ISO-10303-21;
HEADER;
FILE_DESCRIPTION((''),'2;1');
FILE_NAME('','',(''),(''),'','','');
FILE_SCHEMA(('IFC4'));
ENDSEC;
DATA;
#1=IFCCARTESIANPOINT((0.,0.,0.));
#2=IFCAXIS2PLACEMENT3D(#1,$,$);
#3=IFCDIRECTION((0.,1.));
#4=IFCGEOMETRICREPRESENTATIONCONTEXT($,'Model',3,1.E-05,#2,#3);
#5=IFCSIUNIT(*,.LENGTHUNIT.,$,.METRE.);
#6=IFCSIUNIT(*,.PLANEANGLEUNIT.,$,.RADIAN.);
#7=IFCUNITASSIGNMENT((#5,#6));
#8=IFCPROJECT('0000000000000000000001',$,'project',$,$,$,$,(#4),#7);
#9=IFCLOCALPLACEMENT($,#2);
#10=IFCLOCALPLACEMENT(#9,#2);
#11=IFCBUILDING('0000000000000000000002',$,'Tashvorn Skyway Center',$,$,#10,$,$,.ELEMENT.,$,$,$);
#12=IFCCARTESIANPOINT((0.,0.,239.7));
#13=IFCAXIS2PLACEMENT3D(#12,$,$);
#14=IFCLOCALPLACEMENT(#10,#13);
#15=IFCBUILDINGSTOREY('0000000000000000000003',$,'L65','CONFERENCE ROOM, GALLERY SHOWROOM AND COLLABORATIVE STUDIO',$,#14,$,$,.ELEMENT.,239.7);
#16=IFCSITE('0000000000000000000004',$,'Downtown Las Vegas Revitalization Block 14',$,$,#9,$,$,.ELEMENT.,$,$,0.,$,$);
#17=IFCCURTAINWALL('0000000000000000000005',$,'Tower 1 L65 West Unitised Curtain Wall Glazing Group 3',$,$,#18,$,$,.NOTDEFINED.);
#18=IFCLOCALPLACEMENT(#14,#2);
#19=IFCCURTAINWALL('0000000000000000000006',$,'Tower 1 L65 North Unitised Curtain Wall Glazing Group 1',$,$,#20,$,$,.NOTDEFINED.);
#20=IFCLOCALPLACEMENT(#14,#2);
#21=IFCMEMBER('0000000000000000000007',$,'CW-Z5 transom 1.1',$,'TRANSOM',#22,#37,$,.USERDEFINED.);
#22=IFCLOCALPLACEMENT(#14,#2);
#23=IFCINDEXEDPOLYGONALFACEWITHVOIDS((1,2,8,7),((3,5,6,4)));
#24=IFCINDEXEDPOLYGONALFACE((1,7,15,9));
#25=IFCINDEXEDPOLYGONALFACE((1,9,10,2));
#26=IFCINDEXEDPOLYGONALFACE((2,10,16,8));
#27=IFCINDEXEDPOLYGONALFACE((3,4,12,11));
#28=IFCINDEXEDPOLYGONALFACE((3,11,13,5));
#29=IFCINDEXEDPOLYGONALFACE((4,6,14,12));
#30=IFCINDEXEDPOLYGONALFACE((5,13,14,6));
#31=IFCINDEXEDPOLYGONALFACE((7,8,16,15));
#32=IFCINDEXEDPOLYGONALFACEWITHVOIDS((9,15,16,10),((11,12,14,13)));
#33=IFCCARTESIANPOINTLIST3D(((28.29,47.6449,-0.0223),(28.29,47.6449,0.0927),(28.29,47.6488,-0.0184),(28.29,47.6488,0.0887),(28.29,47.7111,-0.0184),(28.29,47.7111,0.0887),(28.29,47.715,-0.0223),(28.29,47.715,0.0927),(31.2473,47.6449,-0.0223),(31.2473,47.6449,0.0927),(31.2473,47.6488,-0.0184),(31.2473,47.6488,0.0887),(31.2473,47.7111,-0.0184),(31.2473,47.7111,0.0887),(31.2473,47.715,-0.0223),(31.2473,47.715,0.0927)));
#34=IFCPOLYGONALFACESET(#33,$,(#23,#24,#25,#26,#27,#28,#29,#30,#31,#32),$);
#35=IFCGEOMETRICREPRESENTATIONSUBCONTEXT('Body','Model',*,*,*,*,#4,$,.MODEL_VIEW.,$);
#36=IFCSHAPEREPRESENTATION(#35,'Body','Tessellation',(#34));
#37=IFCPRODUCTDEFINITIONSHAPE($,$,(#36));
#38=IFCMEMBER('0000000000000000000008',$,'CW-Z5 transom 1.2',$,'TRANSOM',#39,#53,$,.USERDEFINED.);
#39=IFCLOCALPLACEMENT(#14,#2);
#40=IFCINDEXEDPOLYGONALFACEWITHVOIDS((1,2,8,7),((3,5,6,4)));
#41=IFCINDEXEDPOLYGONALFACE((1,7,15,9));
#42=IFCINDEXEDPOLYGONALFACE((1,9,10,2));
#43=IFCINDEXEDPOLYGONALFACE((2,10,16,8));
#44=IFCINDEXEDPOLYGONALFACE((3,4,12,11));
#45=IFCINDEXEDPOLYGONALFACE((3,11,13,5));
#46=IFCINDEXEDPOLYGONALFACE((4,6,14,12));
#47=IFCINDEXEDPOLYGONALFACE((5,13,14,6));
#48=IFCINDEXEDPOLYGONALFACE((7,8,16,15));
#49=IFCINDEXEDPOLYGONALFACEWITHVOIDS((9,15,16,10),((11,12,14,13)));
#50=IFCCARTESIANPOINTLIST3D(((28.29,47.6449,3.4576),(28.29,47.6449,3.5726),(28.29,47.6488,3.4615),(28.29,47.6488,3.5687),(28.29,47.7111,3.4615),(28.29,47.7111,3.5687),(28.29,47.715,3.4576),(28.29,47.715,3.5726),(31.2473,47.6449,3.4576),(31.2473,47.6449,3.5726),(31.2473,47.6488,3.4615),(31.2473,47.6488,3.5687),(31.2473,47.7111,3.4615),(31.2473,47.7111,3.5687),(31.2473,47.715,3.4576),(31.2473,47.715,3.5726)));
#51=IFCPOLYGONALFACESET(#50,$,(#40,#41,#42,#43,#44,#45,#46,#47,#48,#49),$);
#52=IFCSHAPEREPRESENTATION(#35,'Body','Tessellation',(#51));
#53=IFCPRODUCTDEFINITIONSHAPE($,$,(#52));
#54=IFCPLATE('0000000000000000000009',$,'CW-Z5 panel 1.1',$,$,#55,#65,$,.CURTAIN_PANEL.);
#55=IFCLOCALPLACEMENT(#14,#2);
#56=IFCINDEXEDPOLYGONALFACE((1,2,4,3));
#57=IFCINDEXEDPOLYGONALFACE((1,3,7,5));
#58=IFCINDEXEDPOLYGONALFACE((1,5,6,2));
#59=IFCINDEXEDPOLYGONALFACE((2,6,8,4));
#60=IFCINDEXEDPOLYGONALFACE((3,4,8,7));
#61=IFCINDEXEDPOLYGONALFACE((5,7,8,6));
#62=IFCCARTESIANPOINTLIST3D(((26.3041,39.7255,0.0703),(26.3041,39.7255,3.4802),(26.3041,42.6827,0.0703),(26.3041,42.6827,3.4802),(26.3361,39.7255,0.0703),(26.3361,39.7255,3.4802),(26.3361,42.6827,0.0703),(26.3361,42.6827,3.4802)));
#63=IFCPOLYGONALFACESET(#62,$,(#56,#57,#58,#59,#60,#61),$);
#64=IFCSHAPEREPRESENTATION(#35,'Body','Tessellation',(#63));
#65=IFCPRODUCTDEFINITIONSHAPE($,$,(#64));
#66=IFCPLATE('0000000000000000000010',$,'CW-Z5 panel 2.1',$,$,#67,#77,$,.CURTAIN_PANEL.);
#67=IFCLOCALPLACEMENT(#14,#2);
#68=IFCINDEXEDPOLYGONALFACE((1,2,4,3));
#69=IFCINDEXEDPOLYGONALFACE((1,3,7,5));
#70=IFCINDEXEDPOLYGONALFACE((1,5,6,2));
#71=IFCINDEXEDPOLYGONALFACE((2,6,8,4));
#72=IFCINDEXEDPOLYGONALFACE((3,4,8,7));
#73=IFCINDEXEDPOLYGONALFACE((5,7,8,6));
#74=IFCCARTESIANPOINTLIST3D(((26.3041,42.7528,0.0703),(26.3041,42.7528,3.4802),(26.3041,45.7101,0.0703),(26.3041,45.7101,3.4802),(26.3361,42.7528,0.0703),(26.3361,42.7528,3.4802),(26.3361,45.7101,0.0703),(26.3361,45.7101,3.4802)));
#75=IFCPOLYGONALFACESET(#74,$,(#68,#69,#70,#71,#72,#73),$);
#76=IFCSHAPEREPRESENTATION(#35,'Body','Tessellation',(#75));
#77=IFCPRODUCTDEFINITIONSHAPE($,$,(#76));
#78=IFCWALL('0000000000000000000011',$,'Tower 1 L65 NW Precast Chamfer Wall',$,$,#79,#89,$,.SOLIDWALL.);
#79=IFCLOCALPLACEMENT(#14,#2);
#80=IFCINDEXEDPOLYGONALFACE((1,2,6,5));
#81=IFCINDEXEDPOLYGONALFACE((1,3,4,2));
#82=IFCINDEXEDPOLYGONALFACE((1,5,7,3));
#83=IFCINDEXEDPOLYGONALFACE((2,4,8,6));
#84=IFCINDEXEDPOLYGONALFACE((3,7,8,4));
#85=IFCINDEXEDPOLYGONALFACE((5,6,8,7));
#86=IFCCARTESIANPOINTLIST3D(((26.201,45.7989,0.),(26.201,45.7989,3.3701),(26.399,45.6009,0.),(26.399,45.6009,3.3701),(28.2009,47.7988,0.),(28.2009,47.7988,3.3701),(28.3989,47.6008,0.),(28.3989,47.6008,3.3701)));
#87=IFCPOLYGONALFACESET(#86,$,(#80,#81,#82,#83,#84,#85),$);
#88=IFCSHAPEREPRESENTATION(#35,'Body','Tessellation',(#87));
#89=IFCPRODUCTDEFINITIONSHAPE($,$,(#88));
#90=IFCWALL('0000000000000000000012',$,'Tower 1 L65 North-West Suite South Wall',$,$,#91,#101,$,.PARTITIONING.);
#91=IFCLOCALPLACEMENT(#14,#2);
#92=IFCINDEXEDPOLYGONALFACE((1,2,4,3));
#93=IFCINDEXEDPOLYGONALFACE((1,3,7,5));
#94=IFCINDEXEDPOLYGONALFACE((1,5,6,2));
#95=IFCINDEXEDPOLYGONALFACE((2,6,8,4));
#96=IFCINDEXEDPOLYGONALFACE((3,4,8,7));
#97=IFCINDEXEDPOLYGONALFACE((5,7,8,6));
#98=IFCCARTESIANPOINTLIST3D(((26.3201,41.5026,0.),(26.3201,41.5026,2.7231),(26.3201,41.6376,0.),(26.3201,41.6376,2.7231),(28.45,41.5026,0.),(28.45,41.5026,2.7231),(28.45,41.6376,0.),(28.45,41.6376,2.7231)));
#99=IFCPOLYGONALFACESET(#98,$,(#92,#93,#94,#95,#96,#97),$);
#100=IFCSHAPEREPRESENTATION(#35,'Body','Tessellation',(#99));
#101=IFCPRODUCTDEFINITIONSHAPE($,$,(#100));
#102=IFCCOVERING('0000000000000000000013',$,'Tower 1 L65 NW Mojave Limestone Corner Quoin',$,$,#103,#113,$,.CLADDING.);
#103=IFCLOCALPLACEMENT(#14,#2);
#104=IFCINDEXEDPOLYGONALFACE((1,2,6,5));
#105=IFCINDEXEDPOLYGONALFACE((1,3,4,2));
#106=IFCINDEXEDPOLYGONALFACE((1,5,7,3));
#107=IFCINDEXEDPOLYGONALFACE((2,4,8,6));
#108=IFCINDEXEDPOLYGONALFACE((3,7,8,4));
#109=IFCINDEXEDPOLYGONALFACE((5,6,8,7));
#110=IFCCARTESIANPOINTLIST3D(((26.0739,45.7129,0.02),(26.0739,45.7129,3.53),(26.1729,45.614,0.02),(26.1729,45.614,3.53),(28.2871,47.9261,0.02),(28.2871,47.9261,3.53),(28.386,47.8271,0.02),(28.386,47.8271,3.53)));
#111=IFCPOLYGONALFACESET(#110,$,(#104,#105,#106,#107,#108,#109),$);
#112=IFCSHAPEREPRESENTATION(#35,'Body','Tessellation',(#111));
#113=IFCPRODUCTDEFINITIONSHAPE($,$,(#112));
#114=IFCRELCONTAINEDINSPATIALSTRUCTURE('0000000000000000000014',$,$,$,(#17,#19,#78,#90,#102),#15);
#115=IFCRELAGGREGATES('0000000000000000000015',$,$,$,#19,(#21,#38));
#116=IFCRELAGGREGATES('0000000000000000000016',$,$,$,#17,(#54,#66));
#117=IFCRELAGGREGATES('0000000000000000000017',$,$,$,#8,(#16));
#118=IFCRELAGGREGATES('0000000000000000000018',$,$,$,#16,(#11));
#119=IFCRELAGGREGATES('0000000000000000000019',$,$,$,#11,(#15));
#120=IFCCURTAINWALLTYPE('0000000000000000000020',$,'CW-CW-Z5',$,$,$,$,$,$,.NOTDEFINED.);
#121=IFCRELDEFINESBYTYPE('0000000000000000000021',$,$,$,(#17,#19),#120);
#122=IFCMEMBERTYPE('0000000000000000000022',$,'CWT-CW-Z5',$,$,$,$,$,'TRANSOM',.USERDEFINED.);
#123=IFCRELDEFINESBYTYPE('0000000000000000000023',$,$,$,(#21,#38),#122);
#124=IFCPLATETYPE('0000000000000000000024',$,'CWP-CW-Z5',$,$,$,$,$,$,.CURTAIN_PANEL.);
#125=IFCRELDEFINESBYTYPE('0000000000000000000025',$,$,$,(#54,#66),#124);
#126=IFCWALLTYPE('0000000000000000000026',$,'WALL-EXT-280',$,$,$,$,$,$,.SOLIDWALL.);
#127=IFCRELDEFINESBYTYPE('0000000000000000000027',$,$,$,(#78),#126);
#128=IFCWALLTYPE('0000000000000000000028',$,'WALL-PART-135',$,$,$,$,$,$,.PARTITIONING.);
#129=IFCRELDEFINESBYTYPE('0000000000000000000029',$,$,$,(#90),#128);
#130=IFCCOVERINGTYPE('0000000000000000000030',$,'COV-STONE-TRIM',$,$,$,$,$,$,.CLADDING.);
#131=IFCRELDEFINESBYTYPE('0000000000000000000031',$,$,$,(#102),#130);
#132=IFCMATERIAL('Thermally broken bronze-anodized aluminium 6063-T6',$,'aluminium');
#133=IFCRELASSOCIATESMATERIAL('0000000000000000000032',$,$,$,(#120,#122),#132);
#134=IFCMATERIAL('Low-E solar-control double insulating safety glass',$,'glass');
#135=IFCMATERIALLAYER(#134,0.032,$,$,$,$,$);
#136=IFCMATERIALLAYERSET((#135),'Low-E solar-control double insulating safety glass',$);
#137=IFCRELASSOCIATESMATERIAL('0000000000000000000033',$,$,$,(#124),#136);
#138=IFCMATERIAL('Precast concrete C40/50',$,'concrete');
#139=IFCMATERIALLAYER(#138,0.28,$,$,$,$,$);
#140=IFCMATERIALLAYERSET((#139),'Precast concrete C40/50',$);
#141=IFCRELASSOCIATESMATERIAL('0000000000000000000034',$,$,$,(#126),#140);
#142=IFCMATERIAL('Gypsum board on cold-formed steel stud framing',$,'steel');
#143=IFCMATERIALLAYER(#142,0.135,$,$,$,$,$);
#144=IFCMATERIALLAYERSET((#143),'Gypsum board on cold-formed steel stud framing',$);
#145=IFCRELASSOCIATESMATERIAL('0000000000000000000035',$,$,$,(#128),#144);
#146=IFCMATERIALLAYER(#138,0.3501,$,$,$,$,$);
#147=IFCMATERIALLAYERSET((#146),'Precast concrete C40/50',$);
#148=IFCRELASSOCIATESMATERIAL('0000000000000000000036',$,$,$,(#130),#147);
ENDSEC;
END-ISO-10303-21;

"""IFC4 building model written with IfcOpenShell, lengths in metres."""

from ifc_helpers import new_model, si_unit, direction, frame, frame_2d, origin, origin_2d, place, context, subcontext, project, spatial, rectangle, hollow_rectangle, extrude, material, layer, layer_set, material_profile, profile_set, type_object, element, aggregate, save


model = new_model("IFC4")

# Units and contexts
model_context = context("Model", 3, precision=1e-05, world=origin(), true_north=direction((0.0, 1.0)))
body_context = subcontext(model_context, "Body", "Model", "MODEL_VIEW")
ifc_project = project(units=[si_unit("LENGTHUNIT", "METRE"), si_unit("PLANEANGLEUNIT", "RADIAN")], contexts=[model_context])

# Site, building, storey
site_placement = place(None, origin())
site = spatial("IfcSite", under=ifc_project, at=site_placement, Name="Downtown Las Vegas Revitalization Block 14", CompositionType="ELEMENT", RefElevation=0.0)
building_placement = place(site_placement, origin())
building = spatial("IfcBuilding", under=site, at=building_placement, Name="Tashvorn Skyway Center", CompositionType="ELEMENT")
storey_placement = place(building_placement, frame((0.0, 0.0, 239.7)))
storey = spatial("IfcBuildingStorey", under=building, at=storey_placement, Name="L65", Description="CONFERENCE ROOM, GALLERY SHOWROOM AND COLLABORATIVE STUDIO", CompositionType="ELEMENT", Elevation=239.7)

# Curtain wall
ifc_material_1 = material(Name="Thermally broken bronze-anodized aluminium 6063-T6", Category="aluminium")
curtain_wall_type = type_object("IfcCurtainWallType", Name="CW-CW-Z5", PredefinedType="NOTDEFINED", material=ifc_material_1)
curtain_wall_1_placement = place(storey_placement, origin())
curtain_wall_1 = element("IfcCurtainWall", 1, at=curtain_wall_1_placement, inside=storey, type_object=curtain_wall_type, Name="Tower 1 L65 West Unitised Curtain Wall Glazing Group 3", PredefinedType="NOTDEFINED")

# Curtain wall
curtain_wall_2_placement = place(storey_placement, origin())
curtain_wall_2 = element("IfcCurtainWall", 2, at=curtain_wall_2_placement, inside=storey, type_object=curtain_wall_type, Name="Tower 1 L65 North Unitised Curtain Wall Glazing Group 1", PredefinedType="NOTDEFINED")

# Members
ifc_material_profile_1 = material_profile(ifc_material_1, hollow_rectangle(XDim=0.0701, YDim=0.115, WallThickness=0.0039, at=origin_2d()), Name="ALU-TRAN-70x115")
ifc_profile_set_1 = profile_set([ifc_material_profile_1], Name="Thermally broken bronze-anodized aluminium 6063-T6")
member_type_1 = type_object("IfcMemberType", Name="CWT-CW-Z5", ElementType="TRANSOM", PredefinedType="USERDEFINED", material=ifc_profile_set_1)
member_1_placement = place(storey_placement, frame((28.29, 47.6799, 0.0352), z_axis=(1.0, 0.0, 0.0), x_axis=(0.0, 1.0, 0.0)))
member_1 = element("IfcMember", 3, at=member_1_placement, type_object=member_type_1, Name="CW-Z5 transom 1.1", ObjectType="TRANSOM", PredefinedType="USERDEFINED", context=body_context, shape_type="SweptSolid", body=[
    extrude(hollow_rectangle(XDim=0.0701, YDim=0.115, WallThickness=0.0039, at=origin_2d()), origin(), (0.0, 0.0, 1.0), 2.9573),
])
member_2_placement = place(storey_placement, frame((28.29, 47.6799, 3.5151), z_axis=(1.0, 0.0, 0.0), x_axis=(0.0, 1.0, 0.0)))
member_2 = element("IfcMember", 4, at=member_2_placement, type_object=member_type_1, Name="CW-Z5 transom 1.2", ObjectType="TRANSOM", PredefinedType="USERDEFINED", context=body_context, shape_type="SweptSolid", body=[
    extrude(hollow_rectangle(XDim=0.0701, YDim=0.115, WallThickness=0.0039, at=origin_2d()), origin(), (0.0, 0.0, 1.0), 2.9573),
])
aggregate(curtain_wall_2, [member_1, member_2])

# Plates
ifc_material_2 = material(Name="Low-E solar-control double insulating safety glass", Category="glass")
ifc_layer_1 = layer(ifc_material_2, 0.032)
ifc_layer_set_1 = layer_set([ifc_layer_1], Name="Low-E solar-control double insulating safety glass")
plate_type = type_object("IfcPlateType", Name="CWP-CW-Z5", PredefinedType="CURTAIN_PANEL", material=ifc_layer_set_1)
plate_1_placement = place(storey_placement, frame((26.3201, 41.2041, 0.0703), z_axis=(0.0, 0.0, 1.0), x_axis=(0.0, 1.0, 0.0)))
plate_1 = element("IfcPlate", 5, at=plate_1_placement, type_object=plate_type, Name="CW-Z5 panel 1.1", PredefinedType="CURTAIN_PANEL", context=body_context, shape_type="SweptSolid", body=[
    extrude(rectangle(XDim=2.9573, YDim=0.032, at=origin_2d()), origin(), (0.0, 0.0, 1.0), 3.4099),
])
plate_2_placement = place(storey_placement, frame((26.3201, 44.2314, 0.0703), z_axis=(0.0, 0.0, 1.0), x_axis=(0.0, 1.0, 0.0)))
plate_2 = element("IfcPlate", 6, at=plate_2_placement, type_object=plate_type, Name="CW-Z5 panel 2.1", PredefinedType="CURTAIN_PANEL", context=body_context, shape_type="SweptSolid", body=[
    extrude(rectangle(XDim=2.9573, YDim=0.032, at=origin_2d()), origin(), (0.0, 0.0, 1.0), 3.4099),
])
aggregate(curtain_wall_1, [plate_1, plate_2])

# Walls
ifc_material_3 = material(Name="Precast concrete C40/50", Category="concrete")
ifc_layer_2 = layer(ifc_material_3, 0.28)
ifc_layer_set_2 = layer_set([ifc_layer_2], Name="Precast concrete C40/50")
wall_type_1 = type_object("IfcWallType", Name="WALL-EXT-280", PredefinedType="SOLIDWALL", material=ifc_layer_set_2)
wall_1_placement = place(storey_placement, frame((26.3, 45.7, 0.0), z_axis=(0.0, 0.0, 1.0), x_axis=(0.707107, 0.707107, 0.0)))
element("IfcWall", 7, at=wall_1_placement, inside=storey, type_object=wall_type_1, Name="Tower 1 L65 NW Precast Chamfer Wall", PredefinedType="SOLIDWALL", context=body_context, shape_type="SweptSolid", body=[
    extrude(rectangle(XDim=2.8284, YDim=0.28, at=frame_2d((1.4141, 0.0))), origin(), (0.0, 0.0, 1.0), 3.3701),
])
ifc_material_4 = material(Name="Gypsum board on cold-formed steel stud framing", Category="steel")
ifc_layer_3 = layer(ifc_material_4, 0.135)
ifc_layer_set_3 = layer_set([ifc_layer_3], Name="Gypsum board on cold-formed steel stud framing")
wall_type_2 = type_object("IfcWallType", Name="WALL-PART-135", PredefinedType="PARTITIONING", material=ifc_layer_set_3)
wall_2_placement = place(storey_placement, frame((26.3201, 41.5701, 0.0), z_axis=(0.0, 0.0, 1.0), x_axis=(1.0, 0.0, 0.0)))
element("IfcWall", 8, at=wall_2_placement, inside=storey, type_object=wall_type_2, Name="Tower 1 L65 North-West Suite South Wall", PredefinedType="PARTITIONING", context=body_context, shape_type="SweptSolid", body=[
    extrude(rectangle(XDim=2.1299, YDim=0.135, at=frame_2d((1.0649, 0.0))), origin(), (0.0, 0.0, 1.0), 2.7231),
])

# Covering
ifc_layer_4 = layer(ifc_material_3, 0.3501)
ifc_layer_set_4 = layer_set([ifc_layer_4], Name="Precast concrete C40/50")
covering_type = type_object("IfcCoveringType", Name="COV-STONE-TRIM", PredefinedType="CLADDING", material=ifc_layer_set_4)
covering_placement = place(storey_placement, frame((27.23, 46.77, 0.02), z_axis=(0.0, 0.0, 1.0), x_axis=(-0.707107, -0.707107, 0.0)))
element("IfcCovering", 9, at=covering_placement, inside=storey, type_object=covering_type, Name="Tower 1 L65 NW Mojave Limestone Corner Quoin", PredefinedType="CLADDING", context=body_context, shape_type="SweptSolid", body=[
    extrude(rectangle(XDim=3.1299, YDim=0.1399, at=origin_2d()), origin(), (0.0, 0.0, 1.0), 3.51),
])

save(model, "model.ifc")
